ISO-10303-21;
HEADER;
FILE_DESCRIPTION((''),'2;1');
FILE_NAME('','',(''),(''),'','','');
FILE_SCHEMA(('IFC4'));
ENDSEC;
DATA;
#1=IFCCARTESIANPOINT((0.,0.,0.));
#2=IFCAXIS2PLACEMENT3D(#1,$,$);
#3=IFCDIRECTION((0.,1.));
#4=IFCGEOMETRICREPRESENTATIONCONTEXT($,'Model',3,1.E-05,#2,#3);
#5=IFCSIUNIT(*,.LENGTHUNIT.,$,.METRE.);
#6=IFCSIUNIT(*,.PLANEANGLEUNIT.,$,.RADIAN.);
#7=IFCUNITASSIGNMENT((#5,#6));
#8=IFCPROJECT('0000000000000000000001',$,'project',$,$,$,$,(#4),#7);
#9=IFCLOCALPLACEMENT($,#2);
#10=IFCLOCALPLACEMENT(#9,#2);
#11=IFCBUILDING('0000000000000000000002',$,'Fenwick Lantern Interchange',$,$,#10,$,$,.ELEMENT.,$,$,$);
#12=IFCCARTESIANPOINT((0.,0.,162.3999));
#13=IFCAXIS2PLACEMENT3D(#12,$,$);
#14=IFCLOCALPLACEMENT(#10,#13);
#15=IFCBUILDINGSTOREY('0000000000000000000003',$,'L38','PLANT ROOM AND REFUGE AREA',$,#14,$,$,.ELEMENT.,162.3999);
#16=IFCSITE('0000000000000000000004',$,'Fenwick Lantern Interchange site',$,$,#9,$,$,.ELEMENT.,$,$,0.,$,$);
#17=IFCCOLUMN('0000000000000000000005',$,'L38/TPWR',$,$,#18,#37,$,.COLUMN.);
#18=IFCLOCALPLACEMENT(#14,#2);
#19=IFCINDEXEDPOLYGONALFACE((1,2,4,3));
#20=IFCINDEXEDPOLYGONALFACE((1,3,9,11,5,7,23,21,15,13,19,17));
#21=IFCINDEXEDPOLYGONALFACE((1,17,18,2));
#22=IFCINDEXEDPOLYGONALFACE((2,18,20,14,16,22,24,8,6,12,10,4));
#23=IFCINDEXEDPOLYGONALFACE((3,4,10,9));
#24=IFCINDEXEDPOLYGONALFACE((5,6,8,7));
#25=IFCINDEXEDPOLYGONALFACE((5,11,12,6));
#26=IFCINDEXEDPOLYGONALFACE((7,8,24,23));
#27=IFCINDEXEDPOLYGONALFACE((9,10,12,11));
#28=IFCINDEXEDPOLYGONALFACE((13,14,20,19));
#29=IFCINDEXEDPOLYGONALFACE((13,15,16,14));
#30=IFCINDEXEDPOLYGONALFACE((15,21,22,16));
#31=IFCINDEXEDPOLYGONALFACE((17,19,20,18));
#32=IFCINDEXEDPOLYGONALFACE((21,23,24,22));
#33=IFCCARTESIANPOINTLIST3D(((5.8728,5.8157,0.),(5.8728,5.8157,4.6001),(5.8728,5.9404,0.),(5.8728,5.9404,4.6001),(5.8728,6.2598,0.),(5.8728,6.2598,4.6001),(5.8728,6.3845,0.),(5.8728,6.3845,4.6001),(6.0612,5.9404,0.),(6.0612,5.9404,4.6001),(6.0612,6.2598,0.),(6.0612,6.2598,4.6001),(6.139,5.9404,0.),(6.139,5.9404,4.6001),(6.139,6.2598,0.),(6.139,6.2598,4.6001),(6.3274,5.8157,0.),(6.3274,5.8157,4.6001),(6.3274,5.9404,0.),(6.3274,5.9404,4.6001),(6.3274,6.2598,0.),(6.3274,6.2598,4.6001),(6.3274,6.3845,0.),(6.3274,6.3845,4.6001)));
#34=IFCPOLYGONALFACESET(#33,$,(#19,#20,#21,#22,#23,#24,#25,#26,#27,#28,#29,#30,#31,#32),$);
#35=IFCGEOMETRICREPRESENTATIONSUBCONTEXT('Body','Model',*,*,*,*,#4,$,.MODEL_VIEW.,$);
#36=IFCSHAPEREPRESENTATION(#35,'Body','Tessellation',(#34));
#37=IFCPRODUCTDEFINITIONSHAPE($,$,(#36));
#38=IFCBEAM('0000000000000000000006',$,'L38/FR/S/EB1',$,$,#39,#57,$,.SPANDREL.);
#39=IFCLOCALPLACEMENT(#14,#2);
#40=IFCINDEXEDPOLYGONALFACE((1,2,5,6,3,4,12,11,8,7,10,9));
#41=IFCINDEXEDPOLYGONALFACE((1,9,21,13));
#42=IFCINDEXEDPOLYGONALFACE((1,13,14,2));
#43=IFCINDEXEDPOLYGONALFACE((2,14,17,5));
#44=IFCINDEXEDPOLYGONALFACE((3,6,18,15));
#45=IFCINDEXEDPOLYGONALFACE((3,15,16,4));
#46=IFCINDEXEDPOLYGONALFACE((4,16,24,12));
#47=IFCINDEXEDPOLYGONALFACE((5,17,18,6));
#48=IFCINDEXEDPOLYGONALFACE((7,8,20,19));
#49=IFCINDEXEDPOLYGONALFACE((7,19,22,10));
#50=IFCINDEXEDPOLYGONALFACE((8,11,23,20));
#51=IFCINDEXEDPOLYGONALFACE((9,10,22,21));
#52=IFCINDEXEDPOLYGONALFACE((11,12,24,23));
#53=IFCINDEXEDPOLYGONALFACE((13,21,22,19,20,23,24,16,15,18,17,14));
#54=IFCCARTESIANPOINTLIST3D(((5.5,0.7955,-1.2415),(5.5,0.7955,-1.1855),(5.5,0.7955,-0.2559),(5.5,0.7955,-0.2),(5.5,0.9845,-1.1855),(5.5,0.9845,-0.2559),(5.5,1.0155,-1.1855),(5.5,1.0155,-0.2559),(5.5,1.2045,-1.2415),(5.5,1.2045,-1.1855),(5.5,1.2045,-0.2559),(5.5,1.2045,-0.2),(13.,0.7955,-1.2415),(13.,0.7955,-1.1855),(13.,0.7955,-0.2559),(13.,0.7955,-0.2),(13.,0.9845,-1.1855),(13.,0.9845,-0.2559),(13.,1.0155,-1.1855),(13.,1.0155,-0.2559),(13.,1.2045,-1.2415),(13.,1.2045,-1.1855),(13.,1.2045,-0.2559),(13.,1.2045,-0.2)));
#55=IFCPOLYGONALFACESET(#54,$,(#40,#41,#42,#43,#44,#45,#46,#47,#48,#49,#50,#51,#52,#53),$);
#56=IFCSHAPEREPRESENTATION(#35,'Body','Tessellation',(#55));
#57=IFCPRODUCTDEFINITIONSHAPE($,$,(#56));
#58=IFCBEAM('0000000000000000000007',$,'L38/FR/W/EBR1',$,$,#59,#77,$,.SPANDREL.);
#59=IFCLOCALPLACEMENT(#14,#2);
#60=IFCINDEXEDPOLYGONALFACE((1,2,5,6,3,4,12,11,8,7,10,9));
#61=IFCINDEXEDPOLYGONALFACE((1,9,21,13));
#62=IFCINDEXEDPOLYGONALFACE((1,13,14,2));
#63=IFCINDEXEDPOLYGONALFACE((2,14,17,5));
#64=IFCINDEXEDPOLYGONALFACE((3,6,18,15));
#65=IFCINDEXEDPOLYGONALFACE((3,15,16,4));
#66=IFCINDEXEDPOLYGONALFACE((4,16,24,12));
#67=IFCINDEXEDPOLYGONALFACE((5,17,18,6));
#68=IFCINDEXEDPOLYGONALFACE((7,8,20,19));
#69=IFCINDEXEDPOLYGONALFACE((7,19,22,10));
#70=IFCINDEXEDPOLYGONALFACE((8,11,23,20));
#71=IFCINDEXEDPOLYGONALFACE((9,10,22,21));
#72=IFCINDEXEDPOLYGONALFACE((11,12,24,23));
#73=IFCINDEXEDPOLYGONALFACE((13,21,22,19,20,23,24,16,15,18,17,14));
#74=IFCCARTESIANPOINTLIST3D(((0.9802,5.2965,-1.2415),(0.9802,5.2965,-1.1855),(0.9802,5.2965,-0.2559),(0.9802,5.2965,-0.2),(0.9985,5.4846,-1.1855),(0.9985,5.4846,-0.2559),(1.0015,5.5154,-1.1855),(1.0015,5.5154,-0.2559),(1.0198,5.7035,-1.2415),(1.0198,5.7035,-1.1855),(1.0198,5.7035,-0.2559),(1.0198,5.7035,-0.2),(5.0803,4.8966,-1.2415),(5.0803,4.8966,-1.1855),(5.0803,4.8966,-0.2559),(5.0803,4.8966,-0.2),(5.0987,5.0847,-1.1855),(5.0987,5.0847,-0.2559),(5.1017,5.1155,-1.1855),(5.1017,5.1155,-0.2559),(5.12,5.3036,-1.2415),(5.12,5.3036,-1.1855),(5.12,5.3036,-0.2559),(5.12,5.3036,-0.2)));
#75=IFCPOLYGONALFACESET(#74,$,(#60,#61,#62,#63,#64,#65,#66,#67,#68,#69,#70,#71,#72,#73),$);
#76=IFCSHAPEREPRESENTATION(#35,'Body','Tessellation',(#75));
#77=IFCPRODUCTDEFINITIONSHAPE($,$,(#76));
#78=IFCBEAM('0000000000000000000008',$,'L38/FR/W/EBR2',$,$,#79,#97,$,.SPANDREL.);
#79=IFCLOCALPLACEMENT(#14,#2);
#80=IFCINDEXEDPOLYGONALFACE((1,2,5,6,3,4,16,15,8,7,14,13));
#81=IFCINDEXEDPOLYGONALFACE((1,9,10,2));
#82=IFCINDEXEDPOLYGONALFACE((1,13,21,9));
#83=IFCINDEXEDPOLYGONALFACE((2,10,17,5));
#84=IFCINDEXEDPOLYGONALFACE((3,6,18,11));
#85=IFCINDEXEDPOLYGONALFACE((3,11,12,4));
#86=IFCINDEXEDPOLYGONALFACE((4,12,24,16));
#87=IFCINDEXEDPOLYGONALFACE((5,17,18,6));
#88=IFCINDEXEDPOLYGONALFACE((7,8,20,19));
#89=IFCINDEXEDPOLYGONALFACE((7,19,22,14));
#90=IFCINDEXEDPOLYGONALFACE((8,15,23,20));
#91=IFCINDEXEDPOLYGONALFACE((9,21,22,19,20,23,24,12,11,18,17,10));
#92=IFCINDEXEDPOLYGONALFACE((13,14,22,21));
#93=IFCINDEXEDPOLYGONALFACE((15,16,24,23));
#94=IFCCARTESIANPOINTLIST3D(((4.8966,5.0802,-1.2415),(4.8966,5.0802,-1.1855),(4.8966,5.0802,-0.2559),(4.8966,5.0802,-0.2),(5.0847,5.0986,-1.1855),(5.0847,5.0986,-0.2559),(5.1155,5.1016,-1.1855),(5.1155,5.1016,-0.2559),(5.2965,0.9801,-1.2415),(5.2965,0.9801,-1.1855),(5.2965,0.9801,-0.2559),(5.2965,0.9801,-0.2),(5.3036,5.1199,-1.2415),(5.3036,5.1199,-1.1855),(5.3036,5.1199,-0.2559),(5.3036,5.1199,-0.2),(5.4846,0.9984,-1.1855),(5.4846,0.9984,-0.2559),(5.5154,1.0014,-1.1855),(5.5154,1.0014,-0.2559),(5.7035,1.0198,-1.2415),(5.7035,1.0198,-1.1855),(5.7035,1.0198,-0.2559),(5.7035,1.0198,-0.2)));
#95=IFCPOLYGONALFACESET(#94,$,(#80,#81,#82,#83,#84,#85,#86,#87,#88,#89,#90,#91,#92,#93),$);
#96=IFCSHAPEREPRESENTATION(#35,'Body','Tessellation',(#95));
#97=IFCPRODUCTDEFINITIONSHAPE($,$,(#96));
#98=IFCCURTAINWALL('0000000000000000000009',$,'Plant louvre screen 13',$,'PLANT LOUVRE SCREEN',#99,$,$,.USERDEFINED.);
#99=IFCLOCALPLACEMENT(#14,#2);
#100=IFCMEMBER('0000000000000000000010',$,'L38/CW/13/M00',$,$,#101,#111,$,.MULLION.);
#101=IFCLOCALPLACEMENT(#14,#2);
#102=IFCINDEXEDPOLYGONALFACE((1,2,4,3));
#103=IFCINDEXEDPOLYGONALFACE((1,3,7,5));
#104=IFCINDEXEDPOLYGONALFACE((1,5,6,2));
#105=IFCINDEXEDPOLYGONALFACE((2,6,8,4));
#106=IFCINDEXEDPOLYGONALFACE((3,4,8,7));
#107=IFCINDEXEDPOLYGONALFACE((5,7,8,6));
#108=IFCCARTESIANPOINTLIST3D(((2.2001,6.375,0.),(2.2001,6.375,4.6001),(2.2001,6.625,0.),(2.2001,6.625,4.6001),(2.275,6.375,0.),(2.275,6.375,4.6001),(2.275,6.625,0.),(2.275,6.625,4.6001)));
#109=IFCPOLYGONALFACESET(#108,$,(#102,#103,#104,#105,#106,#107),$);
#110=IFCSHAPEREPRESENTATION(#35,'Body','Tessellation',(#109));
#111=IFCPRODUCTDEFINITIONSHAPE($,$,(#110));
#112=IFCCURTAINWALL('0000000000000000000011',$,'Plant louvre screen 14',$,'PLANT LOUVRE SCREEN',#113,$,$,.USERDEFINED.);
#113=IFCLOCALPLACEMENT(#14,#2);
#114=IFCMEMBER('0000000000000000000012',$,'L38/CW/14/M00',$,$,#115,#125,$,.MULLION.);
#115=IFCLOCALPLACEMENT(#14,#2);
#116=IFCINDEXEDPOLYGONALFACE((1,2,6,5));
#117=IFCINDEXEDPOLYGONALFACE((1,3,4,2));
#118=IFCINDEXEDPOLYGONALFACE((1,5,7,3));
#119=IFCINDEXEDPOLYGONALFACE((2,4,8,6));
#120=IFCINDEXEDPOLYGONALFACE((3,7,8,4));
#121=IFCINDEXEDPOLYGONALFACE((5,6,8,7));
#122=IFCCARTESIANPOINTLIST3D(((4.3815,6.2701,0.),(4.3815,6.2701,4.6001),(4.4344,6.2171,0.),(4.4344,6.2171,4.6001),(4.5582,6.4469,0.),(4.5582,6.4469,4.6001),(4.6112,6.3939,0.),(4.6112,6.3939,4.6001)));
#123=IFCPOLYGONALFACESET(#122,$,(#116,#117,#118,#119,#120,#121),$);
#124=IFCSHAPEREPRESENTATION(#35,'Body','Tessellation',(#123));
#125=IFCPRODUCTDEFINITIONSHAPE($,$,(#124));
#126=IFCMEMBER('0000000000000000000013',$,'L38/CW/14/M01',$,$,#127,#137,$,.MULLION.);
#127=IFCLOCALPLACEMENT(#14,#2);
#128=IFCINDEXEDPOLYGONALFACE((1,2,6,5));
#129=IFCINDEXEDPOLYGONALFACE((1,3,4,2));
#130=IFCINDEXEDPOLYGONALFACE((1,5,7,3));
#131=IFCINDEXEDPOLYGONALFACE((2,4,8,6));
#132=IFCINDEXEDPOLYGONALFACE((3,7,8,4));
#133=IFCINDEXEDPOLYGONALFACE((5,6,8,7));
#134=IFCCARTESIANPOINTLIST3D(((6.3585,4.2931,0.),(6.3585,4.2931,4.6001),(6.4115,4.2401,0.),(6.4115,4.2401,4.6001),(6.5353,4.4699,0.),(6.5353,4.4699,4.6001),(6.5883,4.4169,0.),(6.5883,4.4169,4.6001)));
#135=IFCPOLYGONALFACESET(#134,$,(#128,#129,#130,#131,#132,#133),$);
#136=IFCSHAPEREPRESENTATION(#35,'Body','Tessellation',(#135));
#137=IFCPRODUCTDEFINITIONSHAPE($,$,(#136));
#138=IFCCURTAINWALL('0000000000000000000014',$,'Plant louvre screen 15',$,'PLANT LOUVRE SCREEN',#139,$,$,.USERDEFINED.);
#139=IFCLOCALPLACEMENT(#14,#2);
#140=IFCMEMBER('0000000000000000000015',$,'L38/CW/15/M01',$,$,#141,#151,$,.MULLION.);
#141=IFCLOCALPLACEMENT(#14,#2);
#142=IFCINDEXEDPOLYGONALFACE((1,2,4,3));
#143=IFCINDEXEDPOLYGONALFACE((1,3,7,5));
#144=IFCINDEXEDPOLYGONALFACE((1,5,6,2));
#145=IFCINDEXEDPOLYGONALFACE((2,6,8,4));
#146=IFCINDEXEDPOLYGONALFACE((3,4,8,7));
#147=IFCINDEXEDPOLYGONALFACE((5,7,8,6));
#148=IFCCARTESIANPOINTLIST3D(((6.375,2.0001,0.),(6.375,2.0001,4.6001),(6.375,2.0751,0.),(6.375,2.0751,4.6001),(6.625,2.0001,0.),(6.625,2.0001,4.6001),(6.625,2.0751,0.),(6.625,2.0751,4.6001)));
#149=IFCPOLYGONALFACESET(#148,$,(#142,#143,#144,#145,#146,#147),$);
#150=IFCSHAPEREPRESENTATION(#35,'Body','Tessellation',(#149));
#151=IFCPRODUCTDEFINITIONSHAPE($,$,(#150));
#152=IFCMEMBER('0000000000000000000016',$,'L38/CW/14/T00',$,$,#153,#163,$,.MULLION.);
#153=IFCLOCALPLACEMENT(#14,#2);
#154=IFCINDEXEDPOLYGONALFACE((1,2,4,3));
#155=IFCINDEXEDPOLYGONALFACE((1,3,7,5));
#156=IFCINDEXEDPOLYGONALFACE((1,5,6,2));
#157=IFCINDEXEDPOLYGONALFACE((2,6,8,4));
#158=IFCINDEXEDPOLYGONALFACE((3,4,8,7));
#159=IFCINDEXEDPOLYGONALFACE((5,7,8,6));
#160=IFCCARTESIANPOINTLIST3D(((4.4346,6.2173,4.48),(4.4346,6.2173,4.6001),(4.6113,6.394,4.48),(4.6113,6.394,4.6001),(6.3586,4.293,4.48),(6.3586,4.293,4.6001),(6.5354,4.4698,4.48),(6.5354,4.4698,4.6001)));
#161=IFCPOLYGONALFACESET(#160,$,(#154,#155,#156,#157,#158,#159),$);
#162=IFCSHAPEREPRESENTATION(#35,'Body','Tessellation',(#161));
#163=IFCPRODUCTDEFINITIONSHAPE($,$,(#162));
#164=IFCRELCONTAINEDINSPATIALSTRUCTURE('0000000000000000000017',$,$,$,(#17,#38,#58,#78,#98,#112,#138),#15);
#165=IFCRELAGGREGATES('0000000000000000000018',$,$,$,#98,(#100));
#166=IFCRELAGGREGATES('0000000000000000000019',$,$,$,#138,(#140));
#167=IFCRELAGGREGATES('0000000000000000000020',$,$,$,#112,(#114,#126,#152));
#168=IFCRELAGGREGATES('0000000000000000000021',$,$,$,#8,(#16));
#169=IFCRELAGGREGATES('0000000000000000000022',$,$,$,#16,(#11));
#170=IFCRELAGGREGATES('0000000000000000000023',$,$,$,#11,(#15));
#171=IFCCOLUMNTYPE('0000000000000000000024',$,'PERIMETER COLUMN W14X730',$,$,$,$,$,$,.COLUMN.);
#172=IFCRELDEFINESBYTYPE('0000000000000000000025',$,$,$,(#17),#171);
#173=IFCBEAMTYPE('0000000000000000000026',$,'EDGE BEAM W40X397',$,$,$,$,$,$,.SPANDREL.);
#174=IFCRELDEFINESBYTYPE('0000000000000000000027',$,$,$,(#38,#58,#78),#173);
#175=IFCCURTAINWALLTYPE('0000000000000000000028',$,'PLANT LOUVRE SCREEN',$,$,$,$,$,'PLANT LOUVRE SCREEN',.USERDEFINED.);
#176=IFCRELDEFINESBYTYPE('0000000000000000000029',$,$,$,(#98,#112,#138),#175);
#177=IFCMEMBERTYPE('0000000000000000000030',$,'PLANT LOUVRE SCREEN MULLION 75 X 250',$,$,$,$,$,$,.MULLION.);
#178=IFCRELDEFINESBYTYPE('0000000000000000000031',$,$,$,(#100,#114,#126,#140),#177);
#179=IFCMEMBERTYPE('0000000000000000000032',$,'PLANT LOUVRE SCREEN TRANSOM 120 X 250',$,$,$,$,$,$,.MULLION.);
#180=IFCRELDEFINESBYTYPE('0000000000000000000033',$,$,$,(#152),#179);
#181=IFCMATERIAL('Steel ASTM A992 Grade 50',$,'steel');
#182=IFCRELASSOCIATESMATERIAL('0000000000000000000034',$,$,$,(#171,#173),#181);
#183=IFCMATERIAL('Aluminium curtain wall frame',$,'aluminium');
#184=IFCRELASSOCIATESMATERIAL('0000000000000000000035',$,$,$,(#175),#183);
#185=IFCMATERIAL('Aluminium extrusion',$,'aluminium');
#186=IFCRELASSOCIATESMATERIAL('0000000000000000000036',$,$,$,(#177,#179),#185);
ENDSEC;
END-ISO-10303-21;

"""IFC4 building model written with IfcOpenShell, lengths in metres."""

from ifc_helpers import new_model, si_unit, direction, frame, origin, origin_2d, place, context, subcontext, project, spatial, rectangle, i_section, extrude, material, material_profile, profile_set, type_object, element, aggregate, save


model = new_model("IFC4")

# Units and contexts
model_context = context("Model", 3, precision=1e-05, world=origin(), true_north=direction((0.0, 1.0)))
body_context = subcontext(model_context, "Body", "Model", "MODEL_VIEW")
ifc_project = project(units=[si_unit("LENGTHUNIT", "METRE"), si_unit("PLANEANGLEUNIT", "RADIAN")], contexts=[model_context])

# Site, building, storey
site_placement = place(None, origin())
site = spatial("IfcSite", under=ifc_project, at=site_placement, Name="Fenwick Lantern Interchange site", CompositionType="ELEMENT", RefElevation=0.0)
building_placement = place(site_placement, origin())
building = spatial("IfcBuilding", under=site, at=building_placement, Name="Fenwick Lantern Interchange", CompositionType="ELEMENT")
storey_placement = place(building_placement, frame((0.0, 0.0, 162.3999)))
storey = spatial("IfcBuildingStorey", under=building, at=storey_placement, Name="L38", Description="PLANT ROOM AND REFUGE AREA", CompositionType="ELEMENT", Elevation=162.3999)

# Column
ifc_material_1 = material(Name="Steel ASTM A992 Grade 50", Category="steel")
ifc_material_profile_1 = material_profile(ifc_material_1, i_section(OverallWidth=0.4546, OverallDepth=0.5688, WebThickness=0.0779, FlangeThickness=0.1248, at=origin_2d()), Name="W14X730")
ifc_profile_set_1 = profile_set([ifc_material_profile_1], Name="Steel ASTM A992 Grade 50")
column_type = type_object("IfcColumnType", Name="PERIMETER COLUMN W14X730", PredefinedType="COLUMN", material=ifc_profile_set_1)
column_placement = place(storey_placement, frame((6.1001, 6.1001, 0.0), z_axis=(0.0, 0.0, 1.0), x_axis=(1.0, 0.0, 0.0)))
element("IfcColumn", 1, at=column_placement, inside=storey, type_object=column_type, Name="L38/TPWR", PredefinedType="COLUMN", context=body_context, shape_type="SweptSolid", body=[
    extrude(i_section(OverallWidth=0.4546, OverallDepth=0.5688, WebThickness=0.0779, FlangeThickness=0.1248, at=origin_2d()), origin(), (0.0, 0.0, 1.0), 4.6001),
])

# Beams
ifc_material_profile_2 = material_profile(ifc_material_1, i_section(OverallWidth=0.4089, OverallDepth=1.0415, WebThickness=0.031, FlangeThickness=0.0559, at=origin_2d()), Name="W40X397")
ifc_profile_set_2 = profile_set([ifc_material_profile_2], Name="Steel ASTM A992 Grade 50")
beam_type = type_object("IfcBeamType", Name="EDGE BEAM W40X397", PredefinedType="SPANDREL", material=ifc_profile_set_2)
beam_placement = place(storey_placement, frame((5.5, 1.0, -0.7207), z_axis=(1.0, 0.0, 0.0), x_axis=(0.0, 1.0, 0.0)))
element("IfcBeam", 2, at=beam_placement, inside=storey, type_object=beam_type, Name="L38/FR/S/EB1", PredefinedType="SPANDREL", context=body_context, shape_type="SweptSolid", body=[
    extrude(i_section(OverallWidth=0.4089, OverallDepth=1.0415, WebThickness=0.031, FlangeThickness=0.0559, at=origin_2d()), origin(), (0.0, 0.0, 1.0), 7.5),
])
for number, where, z_axis, x_axis, name in (
    (3, (1.0, 5.5, -0.7207), (0.995277, -0.097074, 0.0), (0.097074, 0.995277, 0.0), "L38/FR/W/EBR1"),
    (4, (5.1001, 5.1001, -0.7207), (0.097074, -0.995277, 0.0), (0.995277, 0.097074, 0.0), "L38/FR/W/EBR2"),
):
    element("IfcBeam", number, at=place(storey_placement, frame(where, z_axis=z_axis, x_axis=x_axis)), inside=storey, type_object=beam_type, Name=name, PredefinedType="SPANDREL", context=body_context, shape_type="SweptSolid", body=[
        extrude(i_section(OverallWidth=0.4089, OverallDepth=1.0415, WebThickness=0.031, FlangeThickness=0.0559, at=origin_2d()), origin(), (0.0, 0.0, 1.0), 4.1196),
    ])

# Curtain wall, member
ifc_material_2 = material(Name="Aluminium curtain wall frame", Category="aluminium")
curtain_wall_type = type_object("IfcCurtainWallType", Name="PLANT LOUVRE SCREEN", ElementType="PLANT LOUVRE SCREEN", PredefinedType="USERDEFINED", material=ifc_material_2)
curtain_wall_1_placement = place(storey_placement, origin())
curtain_wall_1 = element("IfcCurtainWall", 5, at=curtain_wall_1_placement, inside=storey, type_object=curtain_wall_type, Name="Plant louvre screen 13", ObjectType="PLANT LOUVRE SCREEN", PredefinedType="USERDEFINED")
ifc_material_3 = material(Name="Aluminium extrusion", Category="aluminium")
ifc_material_profile_3 = material_profile(ifc_material_3, rectangle(XDim=0.25, YDim=0.075, at=origin_2d()), Name="PLANT LOUVRE SCREEN MULLION 75 X 250")
ifc_profile_set_3 = profile_set([ifc_material_profile_3], Name="Aluminium extrusion")
member_type_1 = type_object("IfcMemberType", Name="PLANT LOUVRE SCREEN MULLION 75 X 250", PredefinedType="MULLION", material=ifc_profile_set_3)
member_1_placement = place(storey_placement, frame((2.2375, 6.5, 0.0), z_axis=(0.0, 0.0, 1.0), x_axis=(0.0, 1.0, 0.0)))
member_1 = element("IfcMember", 6, at=member_1_placement, type_object=member_type_1, Name="L38/CW/13/M00", PredefinedType="MULLION", context=body_context, shape_type="SweptSolid", body=[
    extrude(rectangle(XDim=0.25, YDim=0.075, at=origin_2d()), origin(), (0.0, 0.0, 1.0), 4.6001),
])
aggregate(curtain_wall_1, [member_1])

# Curtain wall, members
curtain_wall_2_placement = place(storey_placement, origin())
curtain_wall_2 = element("IfcCurtainWall", 7, at=curtain_wall_2_placement, inside=storey, type_object=curtain_wall_type, Name="Plant louvre screen 14", ObjectType="PLANT LOUVRE SCREEN", PredefinedType="USERDEFINED")
member_2_placement = place(storey_placement, frame((4.4963, 6.332, 0.0), z_axis=(0.0, 0.0, 1.0), x_axis=(0.707107, 0.707107, 0.0)))
member_2 = element("IfcMember", 8, at=member_2_placement, type_object=member_type_1, Name="L38/CW/14/M00", PredefinedType="MULLION", context=body_context, shape_type="SweptSolid", body=[
    extrude(rectangle(XDim=0.25, YDim=0.075, at=origin_2d()), origin(), (0.0, 0.0, 1.0), 4.6001),
])
member_3_placement = place(storey_placement, frame((6.4734, 4.355, 0.0), z_axis=(0.0, 0.0, 1.0), x_axis=(0.707107, 0.707107, 0.0)))
member_3 = element("IfcMember", 9, at=member_3_placement, type_object=member_type_1, Name="L38/CW/14/M01", PredefinedType="MULLION", context=body_context, shape_type="SweptSolid", body=[
    extrude(rectangle(XDim=0.25, YDim=0.075, at=origin_2d()), origin(), (0.0, 0.0, 1.0), 4.6001),
])

# Curtain wall, member
curtain_wall_3_placement = place(storey_placement, origin())
curtain_wall_3 = element("IfcCurtainWall", 10, at=curtain_wall_3_placement, inside=storey, type_object=curtain_wall_type, Name="Plant louvre screen 15", ObjectType="PLANT LOUVRE SCREEN", PredefinedType="USERDEFINED")
member_4_placement = place(storey_placement, frame((6.5, 2.0376, 0.0), z_axis=(0.0, 0.0, 1.0), x_axis=(1.0, 0.0, 0.0)))
member_4 = element("IfcMember", 11, at=member_4_placement, type_object=member_type_1, Name="L38/CW/15/M01", PredefinedType="MULLION", context=body_context, shape_type="SweptSolid", body=[
    extrude(rectangle(XDim=0.25, YDim=0.075, at=origin_2d()), origin(), (0.0, 0.0, 1.0), 4.6001),
])
aggregate(curtain_wall_3, [member_4])

# Member
ifc_material_profile_4 = material_profile(ifc_material_3, rectangle(XDim=0.25, YDim=0.1201, at=origin_2d()), Name="PLANT LOUVRE SCREEN TRANSOM 120 X 250")
ifc_profile_set_4 = profile_set([ifc_material_profile_4], Name="Aluminium extrusion")
member_type_2 = type_object("IfcMemberType", Name="PLANT LOUVRE SCREEN TRANSOM 120 X 250", PredefinedType="MULLION", material=ifc_profile_set_4)
member_5_placement = place(storey_placement, frame((4.5229, 6.3057, 4.54), z_axis=(0.707062, -0.707152, 0.0), x_axis=(0.707152, 0.707062, 0.0)))
member_5 = element("IfcMember", 12, at=member_5_placement, type_object=member_type_2, Name="L38/CW/14/T00", PredefinedType="MULLION", context=body_context, shape_type="SweptSolid", body=[
    extrude(rectangle(XDim=0.25, YDim=0.1201, at=origin_2d()), origin(), (0.0, 0.0, 1.0), 2.7212),
])

aggregate(curtain_wall_2, [member_2, member_3, member_5])

save(model, "model.ifc")
